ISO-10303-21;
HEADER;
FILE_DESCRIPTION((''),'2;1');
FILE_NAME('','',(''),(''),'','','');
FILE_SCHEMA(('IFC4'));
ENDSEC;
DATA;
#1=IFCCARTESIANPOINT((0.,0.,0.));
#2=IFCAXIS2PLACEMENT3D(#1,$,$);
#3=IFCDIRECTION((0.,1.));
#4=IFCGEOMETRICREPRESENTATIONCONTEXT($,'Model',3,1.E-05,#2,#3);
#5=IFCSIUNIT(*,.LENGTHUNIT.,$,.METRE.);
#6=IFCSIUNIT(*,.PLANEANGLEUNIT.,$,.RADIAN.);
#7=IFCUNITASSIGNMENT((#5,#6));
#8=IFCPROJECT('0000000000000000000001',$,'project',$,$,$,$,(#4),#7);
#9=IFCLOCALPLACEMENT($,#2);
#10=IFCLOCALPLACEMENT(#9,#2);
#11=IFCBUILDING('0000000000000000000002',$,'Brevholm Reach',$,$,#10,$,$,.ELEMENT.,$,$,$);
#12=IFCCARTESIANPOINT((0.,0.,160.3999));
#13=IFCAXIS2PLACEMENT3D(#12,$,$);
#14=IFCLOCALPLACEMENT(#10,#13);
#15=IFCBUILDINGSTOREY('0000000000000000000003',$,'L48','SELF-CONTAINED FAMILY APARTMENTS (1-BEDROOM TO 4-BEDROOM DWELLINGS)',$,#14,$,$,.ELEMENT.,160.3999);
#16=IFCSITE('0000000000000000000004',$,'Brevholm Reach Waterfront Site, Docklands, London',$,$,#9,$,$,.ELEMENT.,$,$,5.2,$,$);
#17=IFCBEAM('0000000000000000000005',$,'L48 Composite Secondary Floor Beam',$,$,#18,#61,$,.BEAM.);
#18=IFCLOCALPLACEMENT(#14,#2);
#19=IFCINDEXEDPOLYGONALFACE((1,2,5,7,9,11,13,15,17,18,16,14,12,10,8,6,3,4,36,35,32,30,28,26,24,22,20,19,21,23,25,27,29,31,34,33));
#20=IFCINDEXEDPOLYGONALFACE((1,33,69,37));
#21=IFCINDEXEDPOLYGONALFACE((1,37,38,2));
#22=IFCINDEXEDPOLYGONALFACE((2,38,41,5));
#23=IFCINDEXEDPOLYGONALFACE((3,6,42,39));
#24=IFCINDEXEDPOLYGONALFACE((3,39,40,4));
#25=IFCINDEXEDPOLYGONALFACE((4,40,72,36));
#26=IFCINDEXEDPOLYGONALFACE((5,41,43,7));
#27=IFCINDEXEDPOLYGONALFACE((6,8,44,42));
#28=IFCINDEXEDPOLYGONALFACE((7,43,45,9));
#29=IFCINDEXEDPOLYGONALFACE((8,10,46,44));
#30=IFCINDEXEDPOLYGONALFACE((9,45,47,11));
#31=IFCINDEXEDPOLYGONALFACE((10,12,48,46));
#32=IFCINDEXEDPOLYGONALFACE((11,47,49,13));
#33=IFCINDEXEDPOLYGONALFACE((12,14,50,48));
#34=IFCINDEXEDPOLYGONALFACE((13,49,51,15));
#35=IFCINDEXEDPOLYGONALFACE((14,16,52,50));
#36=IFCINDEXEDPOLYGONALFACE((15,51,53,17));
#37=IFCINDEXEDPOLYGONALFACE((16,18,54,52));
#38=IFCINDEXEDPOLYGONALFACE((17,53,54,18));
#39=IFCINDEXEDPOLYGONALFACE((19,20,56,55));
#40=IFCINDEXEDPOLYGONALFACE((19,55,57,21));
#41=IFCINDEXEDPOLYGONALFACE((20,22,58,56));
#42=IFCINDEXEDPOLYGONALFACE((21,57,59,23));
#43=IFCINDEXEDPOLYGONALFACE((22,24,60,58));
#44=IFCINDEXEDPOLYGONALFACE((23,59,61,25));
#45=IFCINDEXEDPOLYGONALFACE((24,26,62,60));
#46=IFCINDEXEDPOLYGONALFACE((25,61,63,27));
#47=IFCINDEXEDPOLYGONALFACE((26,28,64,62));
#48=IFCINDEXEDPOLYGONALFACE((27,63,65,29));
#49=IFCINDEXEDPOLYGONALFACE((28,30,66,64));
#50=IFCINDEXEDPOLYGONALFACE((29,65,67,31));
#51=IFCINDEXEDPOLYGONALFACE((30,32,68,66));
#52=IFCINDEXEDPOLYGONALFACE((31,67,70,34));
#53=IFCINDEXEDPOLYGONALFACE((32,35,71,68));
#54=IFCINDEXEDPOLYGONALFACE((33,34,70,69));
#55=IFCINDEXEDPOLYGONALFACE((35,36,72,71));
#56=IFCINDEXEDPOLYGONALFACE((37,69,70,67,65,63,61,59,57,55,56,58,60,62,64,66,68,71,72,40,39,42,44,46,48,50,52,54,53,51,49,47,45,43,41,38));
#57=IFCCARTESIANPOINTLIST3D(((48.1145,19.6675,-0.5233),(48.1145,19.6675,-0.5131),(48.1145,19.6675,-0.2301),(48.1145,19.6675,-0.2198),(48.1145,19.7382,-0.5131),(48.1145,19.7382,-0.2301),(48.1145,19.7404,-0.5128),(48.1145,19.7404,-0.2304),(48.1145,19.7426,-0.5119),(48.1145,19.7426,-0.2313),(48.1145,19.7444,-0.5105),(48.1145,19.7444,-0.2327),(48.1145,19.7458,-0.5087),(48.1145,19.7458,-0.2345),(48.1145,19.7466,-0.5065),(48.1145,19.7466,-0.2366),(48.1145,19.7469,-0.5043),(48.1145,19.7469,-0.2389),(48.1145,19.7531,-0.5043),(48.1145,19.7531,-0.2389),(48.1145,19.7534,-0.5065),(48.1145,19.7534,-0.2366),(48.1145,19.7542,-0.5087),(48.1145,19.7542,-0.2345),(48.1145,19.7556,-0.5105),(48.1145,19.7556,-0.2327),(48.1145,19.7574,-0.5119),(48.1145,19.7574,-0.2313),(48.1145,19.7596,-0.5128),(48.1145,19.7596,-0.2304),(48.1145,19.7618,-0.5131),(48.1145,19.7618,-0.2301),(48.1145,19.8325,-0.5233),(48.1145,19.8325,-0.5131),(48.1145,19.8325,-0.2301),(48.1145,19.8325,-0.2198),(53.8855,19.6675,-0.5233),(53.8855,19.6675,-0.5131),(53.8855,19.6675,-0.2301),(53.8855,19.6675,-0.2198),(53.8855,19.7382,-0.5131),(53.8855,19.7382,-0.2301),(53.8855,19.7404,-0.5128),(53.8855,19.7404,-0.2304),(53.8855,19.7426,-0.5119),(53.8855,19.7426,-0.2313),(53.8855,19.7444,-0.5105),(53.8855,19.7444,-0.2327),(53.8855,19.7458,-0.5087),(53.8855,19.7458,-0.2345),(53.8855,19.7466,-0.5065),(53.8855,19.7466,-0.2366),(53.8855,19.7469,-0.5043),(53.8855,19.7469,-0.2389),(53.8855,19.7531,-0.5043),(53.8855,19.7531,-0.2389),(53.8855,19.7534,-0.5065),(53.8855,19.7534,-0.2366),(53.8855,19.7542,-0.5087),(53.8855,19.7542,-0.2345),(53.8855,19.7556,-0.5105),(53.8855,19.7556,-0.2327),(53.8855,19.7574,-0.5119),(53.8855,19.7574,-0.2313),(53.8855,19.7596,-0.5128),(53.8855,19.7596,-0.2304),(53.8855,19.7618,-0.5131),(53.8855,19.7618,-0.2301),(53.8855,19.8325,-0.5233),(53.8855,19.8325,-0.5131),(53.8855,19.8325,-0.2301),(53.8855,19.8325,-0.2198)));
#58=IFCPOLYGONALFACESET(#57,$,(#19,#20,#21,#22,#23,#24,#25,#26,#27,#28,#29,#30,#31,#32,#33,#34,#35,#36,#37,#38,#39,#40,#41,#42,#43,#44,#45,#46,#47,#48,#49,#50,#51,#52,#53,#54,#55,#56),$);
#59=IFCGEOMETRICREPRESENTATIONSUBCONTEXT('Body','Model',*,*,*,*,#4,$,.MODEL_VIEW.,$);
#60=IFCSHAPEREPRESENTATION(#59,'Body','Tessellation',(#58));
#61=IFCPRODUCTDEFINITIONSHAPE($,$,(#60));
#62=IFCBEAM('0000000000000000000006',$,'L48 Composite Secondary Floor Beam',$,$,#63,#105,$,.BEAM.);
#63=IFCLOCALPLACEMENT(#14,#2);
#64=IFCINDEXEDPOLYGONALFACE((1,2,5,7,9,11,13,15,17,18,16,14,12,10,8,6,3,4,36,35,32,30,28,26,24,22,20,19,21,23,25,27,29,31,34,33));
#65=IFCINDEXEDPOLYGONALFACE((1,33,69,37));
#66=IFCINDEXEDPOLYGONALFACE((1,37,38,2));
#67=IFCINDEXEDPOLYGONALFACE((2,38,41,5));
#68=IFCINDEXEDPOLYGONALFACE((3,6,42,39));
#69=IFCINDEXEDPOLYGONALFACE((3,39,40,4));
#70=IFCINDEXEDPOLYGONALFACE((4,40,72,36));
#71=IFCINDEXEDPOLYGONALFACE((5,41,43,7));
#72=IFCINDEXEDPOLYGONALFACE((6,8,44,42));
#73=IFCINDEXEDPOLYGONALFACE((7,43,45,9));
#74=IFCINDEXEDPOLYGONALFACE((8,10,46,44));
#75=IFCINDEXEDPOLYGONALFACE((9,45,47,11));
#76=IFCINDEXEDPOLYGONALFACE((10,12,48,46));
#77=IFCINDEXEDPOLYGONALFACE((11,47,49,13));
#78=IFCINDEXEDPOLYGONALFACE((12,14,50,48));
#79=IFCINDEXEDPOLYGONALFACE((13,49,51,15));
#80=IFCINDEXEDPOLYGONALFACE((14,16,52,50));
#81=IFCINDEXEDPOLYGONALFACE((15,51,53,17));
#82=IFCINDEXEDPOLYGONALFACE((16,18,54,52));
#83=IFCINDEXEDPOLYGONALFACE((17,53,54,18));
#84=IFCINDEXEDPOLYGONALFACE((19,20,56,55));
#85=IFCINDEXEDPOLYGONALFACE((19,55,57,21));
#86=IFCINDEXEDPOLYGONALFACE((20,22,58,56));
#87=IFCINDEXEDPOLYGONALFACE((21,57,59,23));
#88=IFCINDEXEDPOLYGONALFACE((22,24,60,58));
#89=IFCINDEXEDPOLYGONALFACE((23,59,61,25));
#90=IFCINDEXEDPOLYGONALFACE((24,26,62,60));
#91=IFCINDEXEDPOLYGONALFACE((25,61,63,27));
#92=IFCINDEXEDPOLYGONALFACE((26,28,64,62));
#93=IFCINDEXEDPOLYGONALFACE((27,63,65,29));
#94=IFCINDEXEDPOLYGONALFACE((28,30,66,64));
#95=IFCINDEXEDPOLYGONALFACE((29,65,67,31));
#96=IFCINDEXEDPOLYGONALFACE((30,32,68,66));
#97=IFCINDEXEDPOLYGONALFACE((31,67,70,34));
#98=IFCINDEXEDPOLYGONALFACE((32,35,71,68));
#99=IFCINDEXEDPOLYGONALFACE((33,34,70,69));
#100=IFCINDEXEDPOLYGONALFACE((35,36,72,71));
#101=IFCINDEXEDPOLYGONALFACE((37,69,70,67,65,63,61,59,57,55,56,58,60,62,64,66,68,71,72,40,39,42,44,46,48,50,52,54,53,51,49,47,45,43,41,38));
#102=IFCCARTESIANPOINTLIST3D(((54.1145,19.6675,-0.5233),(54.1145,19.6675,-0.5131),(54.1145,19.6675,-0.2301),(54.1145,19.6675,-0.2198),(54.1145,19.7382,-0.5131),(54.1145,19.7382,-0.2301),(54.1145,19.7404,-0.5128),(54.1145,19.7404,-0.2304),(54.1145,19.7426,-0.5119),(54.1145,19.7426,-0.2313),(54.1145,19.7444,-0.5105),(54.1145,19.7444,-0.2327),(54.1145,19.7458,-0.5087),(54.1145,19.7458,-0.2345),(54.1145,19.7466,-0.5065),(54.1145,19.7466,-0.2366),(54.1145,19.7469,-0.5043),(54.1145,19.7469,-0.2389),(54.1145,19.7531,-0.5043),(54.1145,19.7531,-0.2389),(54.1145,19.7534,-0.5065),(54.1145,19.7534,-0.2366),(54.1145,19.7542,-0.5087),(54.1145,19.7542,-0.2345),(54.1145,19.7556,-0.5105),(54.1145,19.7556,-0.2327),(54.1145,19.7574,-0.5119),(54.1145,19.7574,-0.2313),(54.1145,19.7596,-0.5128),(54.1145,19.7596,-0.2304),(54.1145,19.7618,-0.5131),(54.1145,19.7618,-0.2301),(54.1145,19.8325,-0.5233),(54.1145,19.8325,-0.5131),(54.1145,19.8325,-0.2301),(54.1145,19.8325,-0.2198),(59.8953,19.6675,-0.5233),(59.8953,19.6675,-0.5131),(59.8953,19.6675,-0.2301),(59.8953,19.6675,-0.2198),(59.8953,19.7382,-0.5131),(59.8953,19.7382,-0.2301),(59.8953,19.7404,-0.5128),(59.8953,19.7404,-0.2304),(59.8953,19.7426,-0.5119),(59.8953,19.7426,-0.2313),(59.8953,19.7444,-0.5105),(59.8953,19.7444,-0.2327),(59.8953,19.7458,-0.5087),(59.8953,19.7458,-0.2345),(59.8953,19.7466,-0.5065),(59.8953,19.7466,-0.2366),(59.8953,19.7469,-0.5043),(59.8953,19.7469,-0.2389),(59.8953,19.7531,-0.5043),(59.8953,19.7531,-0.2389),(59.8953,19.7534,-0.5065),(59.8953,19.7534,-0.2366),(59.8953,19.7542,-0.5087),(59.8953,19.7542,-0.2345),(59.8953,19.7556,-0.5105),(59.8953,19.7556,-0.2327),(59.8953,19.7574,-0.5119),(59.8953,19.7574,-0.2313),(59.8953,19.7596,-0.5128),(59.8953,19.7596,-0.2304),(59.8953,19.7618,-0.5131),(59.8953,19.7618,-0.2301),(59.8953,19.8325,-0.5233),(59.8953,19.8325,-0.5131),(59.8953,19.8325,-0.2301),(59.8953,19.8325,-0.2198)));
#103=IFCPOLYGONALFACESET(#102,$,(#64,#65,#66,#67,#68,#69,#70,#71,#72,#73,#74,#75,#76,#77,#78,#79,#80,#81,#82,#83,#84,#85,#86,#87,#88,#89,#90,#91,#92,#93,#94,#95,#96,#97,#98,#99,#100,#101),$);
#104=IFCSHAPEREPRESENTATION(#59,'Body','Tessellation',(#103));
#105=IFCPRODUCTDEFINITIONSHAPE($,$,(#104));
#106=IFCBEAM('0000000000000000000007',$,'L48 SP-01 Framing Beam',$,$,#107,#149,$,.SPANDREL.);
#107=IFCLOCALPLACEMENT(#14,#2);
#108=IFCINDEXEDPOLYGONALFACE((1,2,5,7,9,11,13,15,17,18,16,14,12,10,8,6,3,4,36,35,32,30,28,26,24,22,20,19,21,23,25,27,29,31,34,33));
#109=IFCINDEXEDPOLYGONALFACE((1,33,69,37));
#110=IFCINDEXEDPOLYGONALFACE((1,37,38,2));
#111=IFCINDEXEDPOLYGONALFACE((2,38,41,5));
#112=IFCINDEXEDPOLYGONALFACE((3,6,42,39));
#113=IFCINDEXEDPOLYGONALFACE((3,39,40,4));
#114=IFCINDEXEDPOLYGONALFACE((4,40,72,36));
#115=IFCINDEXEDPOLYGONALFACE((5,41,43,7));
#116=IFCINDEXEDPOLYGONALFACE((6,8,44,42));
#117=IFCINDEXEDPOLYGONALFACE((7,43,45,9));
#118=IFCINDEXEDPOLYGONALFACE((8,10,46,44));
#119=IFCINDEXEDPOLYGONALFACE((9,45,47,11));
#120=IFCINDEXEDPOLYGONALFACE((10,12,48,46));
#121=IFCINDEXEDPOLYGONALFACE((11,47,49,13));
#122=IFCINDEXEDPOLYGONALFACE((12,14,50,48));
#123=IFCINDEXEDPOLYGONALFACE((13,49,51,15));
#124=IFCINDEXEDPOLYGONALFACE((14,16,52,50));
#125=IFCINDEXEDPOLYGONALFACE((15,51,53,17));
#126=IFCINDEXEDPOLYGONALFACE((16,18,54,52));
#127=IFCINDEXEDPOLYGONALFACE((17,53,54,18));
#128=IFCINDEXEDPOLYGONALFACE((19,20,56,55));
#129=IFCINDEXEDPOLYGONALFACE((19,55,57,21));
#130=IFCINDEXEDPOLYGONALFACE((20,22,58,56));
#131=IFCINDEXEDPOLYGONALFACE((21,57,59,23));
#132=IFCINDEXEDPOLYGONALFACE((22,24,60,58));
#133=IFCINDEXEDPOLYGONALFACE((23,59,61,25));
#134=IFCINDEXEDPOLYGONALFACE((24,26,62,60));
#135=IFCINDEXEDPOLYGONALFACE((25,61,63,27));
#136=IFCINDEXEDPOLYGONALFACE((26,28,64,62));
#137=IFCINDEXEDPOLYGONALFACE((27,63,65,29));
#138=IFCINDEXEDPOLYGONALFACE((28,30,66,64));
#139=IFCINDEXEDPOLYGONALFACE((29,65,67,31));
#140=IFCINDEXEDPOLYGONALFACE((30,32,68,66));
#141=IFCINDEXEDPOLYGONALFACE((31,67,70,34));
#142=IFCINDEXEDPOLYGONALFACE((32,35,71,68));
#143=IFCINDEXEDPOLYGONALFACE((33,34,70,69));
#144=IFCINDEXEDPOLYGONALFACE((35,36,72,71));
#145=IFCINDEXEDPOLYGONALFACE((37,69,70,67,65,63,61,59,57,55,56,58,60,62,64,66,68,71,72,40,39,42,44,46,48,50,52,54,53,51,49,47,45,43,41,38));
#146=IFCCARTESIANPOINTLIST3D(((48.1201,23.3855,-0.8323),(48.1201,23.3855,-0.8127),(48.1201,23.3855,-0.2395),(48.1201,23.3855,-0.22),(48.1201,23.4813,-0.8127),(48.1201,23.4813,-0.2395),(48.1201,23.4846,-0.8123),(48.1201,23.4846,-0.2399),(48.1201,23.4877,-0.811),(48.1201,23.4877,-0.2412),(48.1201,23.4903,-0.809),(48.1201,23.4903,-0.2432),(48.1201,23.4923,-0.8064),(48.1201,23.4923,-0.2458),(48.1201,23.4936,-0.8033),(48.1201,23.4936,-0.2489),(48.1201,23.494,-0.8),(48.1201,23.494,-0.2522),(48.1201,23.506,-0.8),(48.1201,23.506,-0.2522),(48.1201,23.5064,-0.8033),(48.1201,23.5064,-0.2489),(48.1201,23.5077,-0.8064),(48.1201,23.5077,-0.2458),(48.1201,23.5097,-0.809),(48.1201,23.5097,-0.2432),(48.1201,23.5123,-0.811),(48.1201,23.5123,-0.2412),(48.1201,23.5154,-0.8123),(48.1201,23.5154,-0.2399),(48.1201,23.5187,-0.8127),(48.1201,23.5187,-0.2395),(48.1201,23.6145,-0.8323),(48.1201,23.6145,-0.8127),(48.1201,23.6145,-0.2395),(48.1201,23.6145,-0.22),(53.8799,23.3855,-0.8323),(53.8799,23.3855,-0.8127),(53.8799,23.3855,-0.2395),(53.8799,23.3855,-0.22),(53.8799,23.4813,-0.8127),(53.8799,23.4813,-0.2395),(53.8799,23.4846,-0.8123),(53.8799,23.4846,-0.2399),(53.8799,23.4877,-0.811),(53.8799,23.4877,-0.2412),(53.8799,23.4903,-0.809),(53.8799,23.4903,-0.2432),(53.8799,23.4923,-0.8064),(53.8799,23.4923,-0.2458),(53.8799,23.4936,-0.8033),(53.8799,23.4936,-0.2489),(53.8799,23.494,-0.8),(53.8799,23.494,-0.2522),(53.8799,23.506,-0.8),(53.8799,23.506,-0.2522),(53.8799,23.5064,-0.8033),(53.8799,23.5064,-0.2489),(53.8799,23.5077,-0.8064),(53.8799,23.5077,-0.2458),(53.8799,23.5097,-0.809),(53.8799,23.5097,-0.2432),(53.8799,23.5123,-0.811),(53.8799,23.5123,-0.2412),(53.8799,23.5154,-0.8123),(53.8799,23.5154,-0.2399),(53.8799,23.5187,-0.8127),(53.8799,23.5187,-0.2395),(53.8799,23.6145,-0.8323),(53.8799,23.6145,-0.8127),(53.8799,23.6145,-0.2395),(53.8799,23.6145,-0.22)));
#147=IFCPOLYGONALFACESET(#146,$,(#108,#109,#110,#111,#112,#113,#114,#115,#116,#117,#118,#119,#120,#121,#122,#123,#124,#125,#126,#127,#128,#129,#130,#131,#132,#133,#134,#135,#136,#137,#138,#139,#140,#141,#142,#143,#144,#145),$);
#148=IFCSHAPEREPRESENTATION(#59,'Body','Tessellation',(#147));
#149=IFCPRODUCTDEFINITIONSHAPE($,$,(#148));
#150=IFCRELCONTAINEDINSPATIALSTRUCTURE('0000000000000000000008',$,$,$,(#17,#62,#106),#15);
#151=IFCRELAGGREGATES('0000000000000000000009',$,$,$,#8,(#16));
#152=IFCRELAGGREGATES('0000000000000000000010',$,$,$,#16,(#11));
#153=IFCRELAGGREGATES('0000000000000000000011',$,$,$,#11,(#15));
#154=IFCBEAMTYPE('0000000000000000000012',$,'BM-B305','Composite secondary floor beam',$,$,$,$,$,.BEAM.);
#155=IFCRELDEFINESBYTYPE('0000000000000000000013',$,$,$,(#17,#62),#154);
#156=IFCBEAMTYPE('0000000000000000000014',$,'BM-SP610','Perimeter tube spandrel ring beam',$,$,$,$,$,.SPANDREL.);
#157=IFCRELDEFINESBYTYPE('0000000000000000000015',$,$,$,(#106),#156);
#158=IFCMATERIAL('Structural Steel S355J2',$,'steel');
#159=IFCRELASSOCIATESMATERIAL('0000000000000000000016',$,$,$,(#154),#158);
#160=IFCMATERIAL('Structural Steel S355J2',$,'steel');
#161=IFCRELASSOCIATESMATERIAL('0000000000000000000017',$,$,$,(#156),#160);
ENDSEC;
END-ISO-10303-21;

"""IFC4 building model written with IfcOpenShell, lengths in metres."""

from ifc_helpers import new_model, si_unit, direction, frame, origin, origin_2d, place, context, subcontext, project, spatial, i_section, extrude, material, material_profile, profile_set, type_object, element, save


model = new_model("IFC4")

# Units and contexts
model_context = context("Model", 3, precision=1e-05, world=origin(), true_north=direction((0.0, 1.0)))
body_context = subcontext(model_context, "Body", "Model", "MODEL_VIEW")
ifc_project = project(units=[si_unit("LENGTHUNIT", "METRE"), si_unit("PLANEANGLEUNIT", "RADIAN")], contexts=[model_context])

# Site, building, storey
site_placement = place(None, origin())
site = spatial("IfcSite", under=ifc_project, at=site_placement, Name="Brevholm Reach Waterfront Site, Docklands, London", CompositionType="ELEMENT", RefElevation=5.2)
building_placement = place(site_placement, origin())
building = spatial("IfcBuilding", under=site, at=building_placement, Name="Brevholm Reach", CompositionType="ELEMENT")
storey_placement = place(building_placement, frame((0.0, 0.0, 160.3999)))
storey = spatial("IfcBuildingStorey", under=building, at=storey_placement, Name="L48", Description="SELF-CONTAINED FAMILY APARTMENTS (1-BEDROOM TO 4-BEDROOM DWELLINGS)", CompositionType="ELEMENT", Elevation=160.3999)

# Beams
ifc_material_1 = material(Name="Structural Steel S355J2", Category="steel")
ifc_material_profile_1 = material_profile(ifc_material_1, i_section(OverallWidth=0.165, OverallDepth=0.3035, WebThickness=0.0061, FlangeThickness=0.0103, FilletRadius=0.0088, at=origin_2d()), Name="UKB 305x165x40")
ifc_profile_set_1 = profile_set([ifc_material_profile_1], Name="Structural Steel S355J2")
beam_type_1 = type_object("IfcBeamType", Name="BM-B305", Description="Composite secondary floor beam", PredefinedType="BEAM", material=ifc_profile_set_1)
beam_1_placement = place(storey_placement, frame((48.1145, 19.75, -0.3716), z_axis=(1.0, 0.0, 0.0), x_axis=(0.0, 1.0, 0.0)))
element("IfcBeam", 1, at=beam_1_placement, inside=storey, type_object=beam_type_1, Name="L48 Composite Secondary Floor Beam", PredefinedType="BEAM", context=body_context, shape_type="SweptSolid", body=[
    extrude(i_section(OverallWidth=0.165, OverallDepth=0.3035, WebThickness=0.0061, FlangeThickness=0.0103, FilletRadius=0.0088, at=origin_2d()), origin(), (0.0, 0.0, 1.0), 5.771),
])
beam_2_placement = place(storey_placement, frame((54.1145, 19.75, -0.3716), z_axis=(1.0, 0.0, 0.0), x_axis=(0.0, 1.0, 0.0)))
element("IfcBeam", 2, at=beam_2_placement, inside=storey, type_object=beam_type_1, Name="L48 Composite Secondary Floor Beam", PredefinedType="BEAM", context=body_context, shape_type="SweptSolid", body=[
    extrude(i_section(OverallWidth=0.165, OverallDepth=0.3035, WebThickness=0.0061, FlangeThickness=0.0103, FilletRadius=0.0088, at=origin_2d()), origin(), (0.0, 0.0, 1.0), 5.7808),
])
ifc_material_2 = material(Name="Structural Steel S355J2", Category="steel")
ifc_material_profile_2 = material_profile(ifc_material_2, i_section(OverallWidth=0.229, OverallDepth=0.6123, WebThickness=0.012, FlangeThickness=0.0195, FilletRadius=0.0127, at=origin_2d()), Name="UKB 610x229x125")
ifc_profile_set_2 = profile_set([ifc_material_profile_2], Name="Structural Steel S355J2")
beam_type_2 = type_object("IfcBeamType", Name="BM-SP610", Description="Perimeter tube spandrel ring beam", PredefinedType="SPANDREL", material=ifc_profile_set_2)
beam_3_placement = place(storey_placement, frame((48.1201, 23.5, -0.5261), z_axis=(1.0, 0.0, 0.0), x_axis=(0.0, 1.0, 0.0)))
element("IfcBeam", 3, at=beam_3_placement, inside=storey, type_object=beam_type_2, Name="L48 SP-01 Framing Beam", PredefinedType="SPANDREL", context=body_context, shape_type="SweptSolid", body=[
    extrude(i_section(OverallWidth=0.229, OverallDepth=0.6123, WebThickness=0.012, FlangeThickness=0.0195, FilletRadius=0.0127, at=origin_2d()), origin(), (0.0, 0.0, 1.0), 5.7598),
])

save(model, "model.ifc")
